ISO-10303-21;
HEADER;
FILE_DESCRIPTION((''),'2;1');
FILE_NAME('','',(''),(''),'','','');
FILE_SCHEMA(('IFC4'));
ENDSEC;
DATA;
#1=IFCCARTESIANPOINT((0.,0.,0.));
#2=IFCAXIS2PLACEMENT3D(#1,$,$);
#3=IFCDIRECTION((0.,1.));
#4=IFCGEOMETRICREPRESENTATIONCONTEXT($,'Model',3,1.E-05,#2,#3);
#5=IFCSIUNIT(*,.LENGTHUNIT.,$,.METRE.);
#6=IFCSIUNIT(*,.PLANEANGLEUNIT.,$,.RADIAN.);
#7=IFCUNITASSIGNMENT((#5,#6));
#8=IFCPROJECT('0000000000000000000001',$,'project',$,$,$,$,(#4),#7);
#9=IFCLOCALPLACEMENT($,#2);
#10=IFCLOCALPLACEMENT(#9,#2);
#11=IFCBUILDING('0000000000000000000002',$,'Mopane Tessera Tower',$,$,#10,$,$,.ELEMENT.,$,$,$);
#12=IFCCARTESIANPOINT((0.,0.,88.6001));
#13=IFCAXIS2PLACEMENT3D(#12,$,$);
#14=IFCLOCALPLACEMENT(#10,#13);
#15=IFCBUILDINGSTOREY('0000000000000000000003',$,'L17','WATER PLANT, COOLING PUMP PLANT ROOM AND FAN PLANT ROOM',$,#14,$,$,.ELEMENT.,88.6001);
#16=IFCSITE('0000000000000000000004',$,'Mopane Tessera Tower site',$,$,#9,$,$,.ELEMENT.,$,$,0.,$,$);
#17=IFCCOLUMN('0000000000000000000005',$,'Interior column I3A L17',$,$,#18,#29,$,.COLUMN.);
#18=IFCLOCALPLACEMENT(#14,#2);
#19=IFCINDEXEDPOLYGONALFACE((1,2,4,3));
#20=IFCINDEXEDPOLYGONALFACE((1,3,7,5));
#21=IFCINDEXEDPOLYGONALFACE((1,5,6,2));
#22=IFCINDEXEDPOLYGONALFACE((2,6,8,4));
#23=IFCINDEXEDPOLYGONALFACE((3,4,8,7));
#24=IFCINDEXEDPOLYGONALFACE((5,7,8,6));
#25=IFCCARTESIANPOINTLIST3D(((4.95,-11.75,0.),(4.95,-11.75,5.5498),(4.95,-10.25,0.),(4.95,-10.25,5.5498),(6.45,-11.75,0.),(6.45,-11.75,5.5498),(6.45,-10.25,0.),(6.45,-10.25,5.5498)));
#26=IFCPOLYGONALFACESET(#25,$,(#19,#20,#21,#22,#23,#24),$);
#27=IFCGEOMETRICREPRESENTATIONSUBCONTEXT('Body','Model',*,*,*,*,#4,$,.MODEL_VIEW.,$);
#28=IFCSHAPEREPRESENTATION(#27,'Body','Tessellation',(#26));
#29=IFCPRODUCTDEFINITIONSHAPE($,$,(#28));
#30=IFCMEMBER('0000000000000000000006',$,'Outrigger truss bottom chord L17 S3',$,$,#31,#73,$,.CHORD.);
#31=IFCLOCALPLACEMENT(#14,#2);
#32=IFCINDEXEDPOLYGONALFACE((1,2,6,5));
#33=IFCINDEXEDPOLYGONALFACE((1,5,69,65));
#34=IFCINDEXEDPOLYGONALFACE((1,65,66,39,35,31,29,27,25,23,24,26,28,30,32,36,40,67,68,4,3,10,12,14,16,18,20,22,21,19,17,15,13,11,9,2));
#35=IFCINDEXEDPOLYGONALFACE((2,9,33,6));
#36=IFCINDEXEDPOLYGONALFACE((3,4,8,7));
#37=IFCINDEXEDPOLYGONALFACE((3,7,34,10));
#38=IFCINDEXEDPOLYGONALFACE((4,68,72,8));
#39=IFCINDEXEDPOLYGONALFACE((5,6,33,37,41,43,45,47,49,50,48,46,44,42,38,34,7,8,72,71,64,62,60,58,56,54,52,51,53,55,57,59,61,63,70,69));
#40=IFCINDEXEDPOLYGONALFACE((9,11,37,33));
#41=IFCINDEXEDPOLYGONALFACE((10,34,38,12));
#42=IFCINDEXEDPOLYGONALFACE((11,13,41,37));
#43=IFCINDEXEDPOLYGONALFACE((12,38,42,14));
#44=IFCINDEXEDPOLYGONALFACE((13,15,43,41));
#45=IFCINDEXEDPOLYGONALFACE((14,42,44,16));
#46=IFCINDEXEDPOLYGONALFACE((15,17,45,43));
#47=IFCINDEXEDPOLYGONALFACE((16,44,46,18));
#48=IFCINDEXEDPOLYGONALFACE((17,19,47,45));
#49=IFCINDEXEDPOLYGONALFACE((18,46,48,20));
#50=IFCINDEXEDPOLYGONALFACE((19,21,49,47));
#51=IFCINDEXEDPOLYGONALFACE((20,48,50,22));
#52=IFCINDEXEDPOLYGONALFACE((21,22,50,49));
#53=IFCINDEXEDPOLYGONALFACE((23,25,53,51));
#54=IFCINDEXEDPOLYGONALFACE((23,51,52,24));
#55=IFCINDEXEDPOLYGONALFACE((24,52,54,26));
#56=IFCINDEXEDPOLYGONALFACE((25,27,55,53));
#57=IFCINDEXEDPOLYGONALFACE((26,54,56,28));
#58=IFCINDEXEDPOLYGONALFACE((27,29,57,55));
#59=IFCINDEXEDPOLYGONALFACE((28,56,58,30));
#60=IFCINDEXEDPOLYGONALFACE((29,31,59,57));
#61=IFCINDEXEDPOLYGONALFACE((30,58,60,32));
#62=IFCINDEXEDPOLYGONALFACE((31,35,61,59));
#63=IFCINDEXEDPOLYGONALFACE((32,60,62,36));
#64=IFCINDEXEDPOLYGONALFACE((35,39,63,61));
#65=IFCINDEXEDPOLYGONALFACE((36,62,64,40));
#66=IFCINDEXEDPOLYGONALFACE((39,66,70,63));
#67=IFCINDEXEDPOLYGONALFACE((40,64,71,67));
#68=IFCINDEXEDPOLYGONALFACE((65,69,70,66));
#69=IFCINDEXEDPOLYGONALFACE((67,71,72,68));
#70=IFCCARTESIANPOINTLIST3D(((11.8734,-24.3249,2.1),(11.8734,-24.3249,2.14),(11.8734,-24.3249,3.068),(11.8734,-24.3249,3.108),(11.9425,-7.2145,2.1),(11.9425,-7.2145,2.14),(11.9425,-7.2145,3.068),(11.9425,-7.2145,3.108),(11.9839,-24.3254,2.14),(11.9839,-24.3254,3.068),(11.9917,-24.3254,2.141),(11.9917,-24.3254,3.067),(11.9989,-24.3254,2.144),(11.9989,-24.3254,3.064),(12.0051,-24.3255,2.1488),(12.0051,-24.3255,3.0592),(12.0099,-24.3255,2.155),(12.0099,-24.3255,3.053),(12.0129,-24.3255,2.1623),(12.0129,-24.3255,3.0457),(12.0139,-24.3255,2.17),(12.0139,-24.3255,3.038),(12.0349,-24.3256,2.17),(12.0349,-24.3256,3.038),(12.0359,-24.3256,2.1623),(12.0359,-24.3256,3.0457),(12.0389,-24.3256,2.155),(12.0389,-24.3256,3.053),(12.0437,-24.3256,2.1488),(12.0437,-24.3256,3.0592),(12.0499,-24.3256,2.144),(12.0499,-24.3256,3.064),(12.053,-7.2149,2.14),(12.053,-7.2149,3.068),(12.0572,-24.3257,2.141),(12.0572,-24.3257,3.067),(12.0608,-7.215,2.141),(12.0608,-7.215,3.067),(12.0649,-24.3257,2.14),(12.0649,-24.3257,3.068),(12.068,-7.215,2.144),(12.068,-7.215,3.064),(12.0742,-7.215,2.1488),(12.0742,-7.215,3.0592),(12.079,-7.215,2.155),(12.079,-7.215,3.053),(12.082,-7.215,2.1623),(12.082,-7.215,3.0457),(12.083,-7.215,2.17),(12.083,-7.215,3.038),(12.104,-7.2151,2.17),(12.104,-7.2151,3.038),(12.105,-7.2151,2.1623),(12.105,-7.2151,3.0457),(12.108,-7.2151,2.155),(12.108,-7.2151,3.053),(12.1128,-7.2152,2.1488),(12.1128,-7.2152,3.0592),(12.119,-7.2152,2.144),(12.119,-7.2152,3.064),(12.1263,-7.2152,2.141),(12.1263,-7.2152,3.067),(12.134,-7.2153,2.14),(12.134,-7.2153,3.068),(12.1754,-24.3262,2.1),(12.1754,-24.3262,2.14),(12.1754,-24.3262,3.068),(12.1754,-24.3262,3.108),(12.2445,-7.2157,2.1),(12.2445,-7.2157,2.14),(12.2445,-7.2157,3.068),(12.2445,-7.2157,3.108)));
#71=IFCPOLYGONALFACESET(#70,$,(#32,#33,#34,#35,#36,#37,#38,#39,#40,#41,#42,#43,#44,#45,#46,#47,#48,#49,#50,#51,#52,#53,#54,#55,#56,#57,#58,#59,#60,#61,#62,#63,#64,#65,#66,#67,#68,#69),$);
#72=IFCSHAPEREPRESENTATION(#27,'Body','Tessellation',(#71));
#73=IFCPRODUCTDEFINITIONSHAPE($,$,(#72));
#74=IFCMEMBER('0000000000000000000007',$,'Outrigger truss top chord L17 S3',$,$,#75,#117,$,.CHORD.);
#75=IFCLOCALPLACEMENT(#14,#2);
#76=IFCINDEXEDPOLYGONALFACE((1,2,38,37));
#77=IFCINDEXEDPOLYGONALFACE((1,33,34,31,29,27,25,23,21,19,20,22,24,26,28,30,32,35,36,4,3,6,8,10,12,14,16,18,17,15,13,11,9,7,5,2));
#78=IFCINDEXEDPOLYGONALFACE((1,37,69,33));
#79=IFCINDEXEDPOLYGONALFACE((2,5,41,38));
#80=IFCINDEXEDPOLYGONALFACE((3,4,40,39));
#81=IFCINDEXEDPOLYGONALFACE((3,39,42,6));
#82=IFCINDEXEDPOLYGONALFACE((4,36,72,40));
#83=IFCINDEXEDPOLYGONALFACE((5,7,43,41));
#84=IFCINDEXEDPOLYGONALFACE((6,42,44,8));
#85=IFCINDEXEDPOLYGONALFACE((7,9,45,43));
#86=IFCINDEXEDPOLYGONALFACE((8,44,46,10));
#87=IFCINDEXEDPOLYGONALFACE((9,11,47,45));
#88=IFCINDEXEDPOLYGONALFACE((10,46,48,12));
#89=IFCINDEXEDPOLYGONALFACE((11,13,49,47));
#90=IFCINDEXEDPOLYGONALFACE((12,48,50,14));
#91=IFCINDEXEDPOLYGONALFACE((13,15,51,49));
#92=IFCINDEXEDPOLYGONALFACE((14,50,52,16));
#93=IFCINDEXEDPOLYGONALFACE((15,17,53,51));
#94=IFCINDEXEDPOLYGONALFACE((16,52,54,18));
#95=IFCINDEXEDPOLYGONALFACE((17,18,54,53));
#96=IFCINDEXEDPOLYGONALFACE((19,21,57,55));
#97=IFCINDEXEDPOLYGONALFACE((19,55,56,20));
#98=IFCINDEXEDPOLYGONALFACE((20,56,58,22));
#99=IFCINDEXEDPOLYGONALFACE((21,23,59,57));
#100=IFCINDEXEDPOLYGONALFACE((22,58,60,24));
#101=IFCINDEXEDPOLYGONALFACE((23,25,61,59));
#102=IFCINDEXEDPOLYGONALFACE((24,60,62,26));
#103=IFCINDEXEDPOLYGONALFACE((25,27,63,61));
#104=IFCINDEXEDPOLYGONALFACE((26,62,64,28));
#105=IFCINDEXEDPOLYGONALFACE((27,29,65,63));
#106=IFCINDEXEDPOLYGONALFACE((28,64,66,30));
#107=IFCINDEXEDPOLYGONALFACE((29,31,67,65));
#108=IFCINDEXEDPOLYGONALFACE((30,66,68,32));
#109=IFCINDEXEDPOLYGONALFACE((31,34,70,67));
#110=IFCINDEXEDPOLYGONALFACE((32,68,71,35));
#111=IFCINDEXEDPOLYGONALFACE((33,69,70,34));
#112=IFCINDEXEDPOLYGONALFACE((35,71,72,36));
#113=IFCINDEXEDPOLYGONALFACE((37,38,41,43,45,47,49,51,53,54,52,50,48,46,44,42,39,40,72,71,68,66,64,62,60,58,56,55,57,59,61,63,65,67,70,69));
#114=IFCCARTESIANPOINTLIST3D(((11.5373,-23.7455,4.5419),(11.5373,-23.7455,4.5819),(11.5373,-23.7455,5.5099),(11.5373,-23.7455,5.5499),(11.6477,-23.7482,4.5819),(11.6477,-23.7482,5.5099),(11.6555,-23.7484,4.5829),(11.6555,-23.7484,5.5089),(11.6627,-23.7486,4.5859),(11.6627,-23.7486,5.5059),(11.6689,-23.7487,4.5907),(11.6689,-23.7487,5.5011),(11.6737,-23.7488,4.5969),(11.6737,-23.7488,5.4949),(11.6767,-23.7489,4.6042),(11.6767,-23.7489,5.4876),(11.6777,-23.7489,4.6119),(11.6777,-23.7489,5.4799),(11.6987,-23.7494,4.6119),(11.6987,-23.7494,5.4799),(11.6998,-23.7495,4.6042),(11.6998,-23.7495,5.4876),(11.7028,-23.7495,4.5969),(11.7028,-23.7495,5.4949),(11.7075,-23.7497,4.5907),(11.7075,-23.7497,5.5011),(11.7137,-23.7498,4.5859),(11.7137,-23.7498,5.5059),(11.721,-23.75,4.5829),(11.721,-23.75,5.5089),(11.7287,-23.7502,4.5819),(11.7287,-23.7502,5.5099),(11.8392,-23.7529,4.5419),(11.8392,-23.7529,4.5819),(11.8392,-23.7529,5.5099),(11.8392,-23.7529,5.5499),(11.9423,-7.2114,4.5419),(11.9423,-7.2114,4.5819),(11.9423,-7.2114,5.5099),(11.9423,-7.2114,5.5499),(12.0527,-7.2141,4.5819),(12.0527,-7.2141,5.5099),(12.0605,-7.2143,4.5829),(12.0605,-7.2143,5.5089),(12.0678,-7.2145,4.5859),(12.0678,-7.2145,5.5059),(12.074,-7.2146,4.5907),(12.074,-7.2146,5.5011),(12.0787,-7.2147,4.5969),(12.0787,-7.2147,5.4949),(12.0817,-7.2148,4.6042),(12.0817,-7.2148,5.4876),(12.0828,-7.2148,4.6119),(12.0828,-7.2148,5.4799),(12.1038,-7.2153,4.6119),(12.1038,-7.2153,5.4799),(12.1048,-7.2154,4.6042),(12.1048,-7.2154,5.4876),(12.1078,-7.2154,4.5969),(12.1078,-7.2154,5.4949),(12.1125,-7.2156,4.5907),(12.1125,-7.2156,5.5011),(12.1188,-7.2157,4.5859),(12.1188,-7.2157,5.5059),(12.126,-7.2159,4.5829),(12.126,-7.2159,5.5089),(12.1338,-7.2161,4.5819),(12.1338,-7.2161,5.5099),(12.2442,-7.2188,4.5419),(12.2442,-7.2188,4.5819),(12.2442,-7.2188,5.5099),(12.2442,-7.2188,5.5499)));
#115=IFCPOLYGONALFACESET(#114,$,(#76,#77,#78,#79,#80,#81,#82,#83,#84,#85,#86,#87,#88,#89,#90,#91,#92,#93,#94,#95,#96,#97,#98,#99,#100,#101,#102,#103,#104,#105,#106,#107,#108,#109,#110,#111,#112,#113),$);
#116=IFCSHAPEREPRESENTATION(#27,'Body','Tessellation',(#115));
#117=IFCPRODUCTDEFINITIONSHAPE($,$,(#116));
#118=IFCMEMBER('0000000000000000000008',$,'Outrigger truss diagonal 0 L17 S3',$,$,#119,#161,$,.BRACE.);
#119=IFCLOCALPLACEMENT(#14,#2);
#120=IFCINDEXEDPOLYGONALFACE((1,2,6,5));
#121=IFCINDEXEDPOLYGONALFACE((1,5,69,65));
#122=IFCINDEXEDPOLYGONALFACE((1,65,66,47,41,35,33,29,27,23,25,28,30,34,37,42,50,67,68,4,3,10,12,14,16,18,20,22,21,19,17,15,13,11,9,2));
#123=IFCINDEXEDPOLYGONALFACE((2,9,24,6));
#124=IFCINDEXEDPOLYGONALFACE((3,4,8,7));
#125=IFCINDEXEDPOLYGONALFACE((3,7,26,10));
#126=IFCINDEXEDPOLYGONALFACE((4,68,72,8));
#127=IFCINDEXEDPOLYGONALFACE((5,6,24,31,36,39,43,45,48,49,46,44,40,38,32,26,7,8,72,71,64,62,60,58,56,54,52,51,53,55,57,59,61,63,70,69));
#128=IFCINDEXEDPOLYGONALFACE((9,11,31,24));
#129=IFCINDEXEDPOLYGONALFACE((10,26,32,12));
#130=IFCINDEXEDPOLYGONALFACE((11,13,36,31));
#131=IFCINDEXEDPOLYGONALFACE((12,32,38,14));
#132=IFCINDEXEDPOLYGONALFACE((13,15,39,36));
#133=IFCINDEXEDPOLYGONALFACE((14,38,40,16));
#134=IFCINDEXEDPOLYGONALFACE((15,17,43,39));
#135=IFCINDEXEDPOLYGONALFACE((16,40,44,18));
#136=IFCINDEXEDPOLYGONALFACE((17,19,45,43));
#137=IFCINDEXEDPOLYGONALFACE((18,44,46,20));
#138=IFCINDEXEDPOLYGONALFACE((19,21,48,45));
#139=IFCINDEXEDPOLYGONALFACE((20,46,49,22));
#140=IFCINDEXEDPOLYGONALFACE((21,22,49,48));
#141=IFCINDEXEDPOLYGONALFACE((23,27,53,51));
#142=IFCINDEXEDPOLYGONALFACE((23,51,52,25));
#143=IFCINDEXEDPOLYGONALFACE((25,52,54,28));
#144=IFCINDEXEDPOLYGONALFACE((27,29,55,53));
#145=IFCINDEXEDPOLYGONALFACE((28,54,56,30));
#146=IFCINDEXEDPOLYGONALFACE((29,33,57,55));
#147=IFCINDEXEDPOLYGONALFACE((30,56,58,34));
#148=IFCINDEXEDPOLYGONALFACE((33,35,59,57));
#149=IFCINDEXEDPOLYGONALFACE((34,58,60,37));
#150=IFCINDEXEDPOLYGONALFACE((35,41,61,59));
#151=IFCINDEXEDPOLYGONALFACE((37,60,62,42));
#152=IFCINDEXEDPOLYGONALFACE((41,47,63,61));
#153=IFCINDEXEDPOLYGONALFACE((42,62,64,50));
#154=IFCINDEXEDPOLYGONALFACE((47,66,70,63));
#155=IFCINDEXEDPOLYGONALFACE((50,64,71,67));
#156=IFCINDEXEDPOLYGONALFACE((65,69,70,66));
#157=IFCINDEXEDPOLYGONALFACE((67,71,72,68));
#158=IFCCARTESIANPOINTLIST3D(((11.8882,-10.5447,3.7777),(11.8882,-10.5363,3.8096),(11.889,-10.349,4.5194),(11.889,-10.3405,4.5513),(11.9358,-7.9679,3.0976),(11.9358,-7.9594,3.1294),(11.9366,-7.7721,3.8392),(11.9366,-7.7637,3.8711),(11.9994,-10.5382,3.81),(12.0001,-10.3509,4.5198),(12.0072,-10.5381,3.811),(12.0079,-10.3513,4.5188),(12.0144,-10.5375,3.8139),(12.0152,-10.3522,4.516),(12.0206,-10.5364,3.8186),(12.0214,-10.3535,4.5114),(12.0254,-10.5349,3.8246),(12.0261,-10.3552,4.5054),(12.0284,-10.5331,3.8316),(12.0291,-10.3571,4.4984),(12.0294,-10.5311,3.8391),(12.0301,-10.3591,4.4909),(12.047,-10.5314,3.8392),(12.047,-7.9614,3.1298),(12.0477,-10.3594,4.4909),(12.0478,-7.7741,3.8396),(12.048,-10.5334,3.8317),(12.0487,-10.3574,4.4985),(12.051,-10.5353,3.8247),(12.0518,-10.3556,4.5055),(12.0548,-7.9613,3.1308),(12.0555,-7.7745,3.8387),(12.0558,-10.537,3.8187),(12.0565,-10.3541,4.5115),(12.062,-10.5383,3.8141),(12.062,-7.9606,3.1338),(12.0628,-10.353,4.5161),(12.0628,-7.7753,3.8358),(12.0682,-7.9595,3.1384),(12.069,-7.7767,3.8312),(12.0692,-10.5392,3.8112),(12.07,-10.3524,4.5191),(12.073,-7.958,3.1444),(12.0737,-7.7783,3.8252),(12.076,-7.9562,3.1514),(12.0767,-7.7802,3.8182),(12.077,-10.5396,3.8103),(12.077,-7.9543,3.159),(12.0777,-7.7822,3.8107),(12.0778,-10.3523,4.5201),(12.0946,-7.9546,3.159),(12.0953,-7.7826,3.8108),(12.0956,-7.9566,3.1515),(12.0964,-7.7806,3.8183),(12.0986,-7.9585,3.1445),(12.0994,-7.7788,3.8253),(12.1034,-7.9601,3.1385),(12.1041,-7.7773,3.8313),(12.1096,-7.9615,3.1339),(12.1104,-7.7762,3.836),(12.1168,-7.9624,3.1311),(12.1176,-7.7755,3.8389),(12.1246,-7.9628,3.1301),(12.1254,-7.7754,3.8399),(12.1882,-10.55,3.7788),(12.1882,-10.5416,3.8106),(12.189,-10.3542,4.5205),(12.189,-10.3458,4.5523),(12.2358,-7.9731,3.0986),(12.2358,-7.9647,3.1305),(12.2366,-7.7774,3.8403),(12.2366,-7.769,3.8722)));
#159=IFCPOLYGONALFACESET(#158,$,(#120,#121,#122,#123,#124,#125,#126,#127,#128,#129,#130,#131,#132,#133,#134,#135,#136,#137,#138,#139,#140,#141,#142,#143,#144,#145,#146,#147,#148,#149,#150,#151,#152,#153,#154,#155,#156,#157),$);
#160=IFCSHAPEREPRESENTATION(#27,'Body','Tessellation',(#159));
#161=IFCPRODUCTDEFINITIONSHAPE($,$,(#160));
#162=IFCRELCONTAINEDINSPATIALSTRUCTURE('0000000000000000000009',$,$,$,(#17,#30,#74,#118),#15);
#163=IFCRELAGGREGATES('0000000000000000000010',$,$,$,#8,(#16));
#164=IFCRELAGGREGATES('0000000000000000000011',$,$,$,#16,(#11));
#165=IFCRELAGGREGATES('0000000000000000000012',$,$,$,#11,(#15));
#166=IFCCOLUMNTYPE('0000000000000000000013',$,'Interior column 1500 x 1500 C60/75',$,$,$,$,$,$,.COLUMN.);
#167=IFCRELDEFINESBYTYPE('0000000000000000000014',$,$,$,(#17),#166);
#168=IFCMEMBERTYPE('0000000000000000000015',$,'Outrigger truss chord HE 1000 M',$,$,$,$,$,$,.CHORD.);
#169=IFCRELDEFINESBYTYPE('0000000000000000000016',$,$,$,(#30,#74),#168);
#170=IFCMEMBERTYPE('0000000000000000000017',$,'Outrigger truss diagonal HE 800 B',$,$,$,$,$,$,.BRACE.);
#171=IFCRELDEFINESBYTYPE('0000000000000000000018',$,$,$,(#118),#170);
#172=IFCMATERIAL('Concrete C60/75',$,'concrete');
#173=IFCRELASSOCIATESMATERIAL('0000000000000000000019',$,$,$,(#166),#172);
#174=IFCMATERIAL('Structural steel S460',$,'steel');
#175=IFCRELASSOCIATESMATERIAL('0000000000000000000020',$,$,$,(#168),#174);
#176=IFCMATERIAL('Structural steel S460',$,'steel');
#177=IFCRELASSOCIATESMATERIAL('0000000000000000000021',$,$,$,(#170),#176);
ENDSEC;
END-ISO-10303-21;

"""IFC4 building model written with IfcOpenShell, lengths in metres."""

from ifc_helpers import new_model, si_unit, direction, frame, origin, origin_2d, place, context, subcontext, project, spatial, rectangle, i_section, extrude, material, material_profile, profile_set, type_object, element, save


model = new_model("IFC4")

# Units and contexts
model_context = context("Model", 3, precision=1e-05, world=origin(), true_north=direction((0.0, 1.0)))
body_context = subcontext(model_context, "Body", "Model", "MODEL_VIEW")
ifc_project = project(units=[si_unit("LENGTHUNIT", "METRE"), si_unit("PLANEANGLEUNIT", "RADIAN")], contexts=[model_context])

# Site, building, storey
site_placement = place(None, origin())
site = spatial("IfcSite", under=ifc_project, at=site_placement, Name="Mopane Tessera Tower site", CompositionType="ELEMENT", RefElevation=0.0)
building_placement = place(site_placement, origin())
building = spatial("IfcBuilding", under=site, at=building_placement, Name="Mopane Tessera Tower", CompositionType="ELEMENT")
storey_placement = place(building_placement, frame((0.0, 0.0, 88.6001)))
storey = spatial("IfcBuildingStorey", under=building, at=storey_placement, Name="L17", Description="WATER PLANT, COOLING PUMP PLANT ROOM AND FAN PLANT ROOM", CompositionType="ELEMENT", Elevation=88.6001)

# Column
ifc_material_1 = material(Name="Concrete C60/75", Category="concrete")
ifc_material_profile_1 = material_profile(ifc_material_1, rectangle(XDim=1.5, YDim=1.5, at=origin_2d()))
ifc_profile_set_1 = profile_set([ifc_material_profile_1], Name="Concrete C60/75")
column_type = type_object("IfcColumnType", Name="Interior column 1500 x 1500 C60/75", PredefinedType="COLUMN", material=ifc_profile_set_1)
column_placement = place(storey_placement, frame((5.7, -11.0, 0.0), z_axis=(0.0, 0.0, 1.0), x_axis=(1.0, 0.0, 0.0)))
element("IfcColumn", 1, at=column_placement, inside=storey, type_object=column_type, Name="Interior column I3A L17", PredefinedType="COLUMN", context=body_context, shape_type="SweptSolid", body=[
    extrude(rectangle(XDim=1.5, YDim=1.5, at=origin_2d()), origin(), (0.0, 0.0, 1.0), 5.5498),
])

# Members
ifc_material_2 = material(Name="Structural steel S460", Category="steel")
ifc_material_profile_2 = material_profile(ifc_material_2, i_section(OverallWidth=0.302, OverallDepth=1.0081, WebThickness=0.021, FlangeThickness=0.04, FilletRadius=0.03, at=origin_2d()))
ifc_profile_set_2 = profile_set([ifc_material_profile_2], Name="Structural steel S460")
member_type_1 = type_object("IfcMemberType", Name="Outrigger truss chord HE 1000 M", PredefinedType="CHORD", material=ifc_profile_set_2)
member_1_placement = place(storey_placement, frame((12.0935, -7.2151, 2.604), z_axis=(-0.004038, -0.999992, 0.0), x_axis=(0.999992, -0.004038, 0.0)))
element("IfcMember", 2, at=member_1_placement, inside=storey, type_object=member_type_1, Name="Outrigger truss bottom chord L17 S3", PredefinedType="CHORD", context=body_context, shape_type="SweptSolid", body=[
    extrude(i_section(OverallWidth=0.302, OverallDepth=1.0081, WebThickness=0.021, FlangeThickness=0.04, FilletRadius=0.03, at=origin_2d()), origin(), (0.0, 0.0, 1.0), 17.1106),
])
member_2_placement = place(storey_placement, frame((12.0933, -7.2151, 5.0459), z_axis=(-0.024489, -0.9997, 0.0), x_axis=(0.9997, -0.024489, 0.0)))
element("IfcMember", 3, at=member_2_placement, inside=storey, type_object=member_type_1, Name="Outrigger truss top chord L17 S3", PredefinedType="CHORD", context=body_context, shape_type="SweptSolid", body=[
    extrude(i_section(OverallWidth=0.302, OverallDepth=1.0081, WebThickness=0.021, FlangeThickness=0.04, FilletRadius=0.03, at=origin_2d()), origin(), (0.0, 0.0, 1.0), 16.5391),
])
ifc_material_3 = material(Name="Structural steel S460", Category="steel")
ifc_material_profile_3 = material_profile(ifc_material_3, i_section(OverallWidth=0.3, OverallDepth=0.8, WebThickness=0.0176, FlangeThickness=0.033, FilletRadius=0.03, at=origin_2d()))
ifc_profile_set_3 = profile_set([ifc_material_profile_3], Name="Structural steel S460")
member_type_2 = type_object("IfcMemberType", Name="Outrigger truss diagonal HE 800 B", PredefinedType="BRACE", material=ifc_profile_set_3)
member_3_placement = place(storey_placement, frame((12.0862, -7.8684, 3.4849), z_axis=(-0.01786, -0.966731, 0.255169), x_axis=(0.99984, -0.017535, 0.003549)))
element("IfcMember", 4, at=member_3_placement, inside=storey, type_object=member_type_2, Name="Outrigger truss diagonal 0 L17 S3", PredefinedType="BRACE", context=body_context, shape_type="SweptSolid", body=[
    extrude(i_section(OverallWidth=0.3, OverallDepth=0.8, WebThickness=0.0176, FlangeThickness=0.033, FilletRadius=0.03, at=origin_2d()), origin(), (0.0, 0.0, 1.0), 2.6655),
])

save(model, "model.ifc")
